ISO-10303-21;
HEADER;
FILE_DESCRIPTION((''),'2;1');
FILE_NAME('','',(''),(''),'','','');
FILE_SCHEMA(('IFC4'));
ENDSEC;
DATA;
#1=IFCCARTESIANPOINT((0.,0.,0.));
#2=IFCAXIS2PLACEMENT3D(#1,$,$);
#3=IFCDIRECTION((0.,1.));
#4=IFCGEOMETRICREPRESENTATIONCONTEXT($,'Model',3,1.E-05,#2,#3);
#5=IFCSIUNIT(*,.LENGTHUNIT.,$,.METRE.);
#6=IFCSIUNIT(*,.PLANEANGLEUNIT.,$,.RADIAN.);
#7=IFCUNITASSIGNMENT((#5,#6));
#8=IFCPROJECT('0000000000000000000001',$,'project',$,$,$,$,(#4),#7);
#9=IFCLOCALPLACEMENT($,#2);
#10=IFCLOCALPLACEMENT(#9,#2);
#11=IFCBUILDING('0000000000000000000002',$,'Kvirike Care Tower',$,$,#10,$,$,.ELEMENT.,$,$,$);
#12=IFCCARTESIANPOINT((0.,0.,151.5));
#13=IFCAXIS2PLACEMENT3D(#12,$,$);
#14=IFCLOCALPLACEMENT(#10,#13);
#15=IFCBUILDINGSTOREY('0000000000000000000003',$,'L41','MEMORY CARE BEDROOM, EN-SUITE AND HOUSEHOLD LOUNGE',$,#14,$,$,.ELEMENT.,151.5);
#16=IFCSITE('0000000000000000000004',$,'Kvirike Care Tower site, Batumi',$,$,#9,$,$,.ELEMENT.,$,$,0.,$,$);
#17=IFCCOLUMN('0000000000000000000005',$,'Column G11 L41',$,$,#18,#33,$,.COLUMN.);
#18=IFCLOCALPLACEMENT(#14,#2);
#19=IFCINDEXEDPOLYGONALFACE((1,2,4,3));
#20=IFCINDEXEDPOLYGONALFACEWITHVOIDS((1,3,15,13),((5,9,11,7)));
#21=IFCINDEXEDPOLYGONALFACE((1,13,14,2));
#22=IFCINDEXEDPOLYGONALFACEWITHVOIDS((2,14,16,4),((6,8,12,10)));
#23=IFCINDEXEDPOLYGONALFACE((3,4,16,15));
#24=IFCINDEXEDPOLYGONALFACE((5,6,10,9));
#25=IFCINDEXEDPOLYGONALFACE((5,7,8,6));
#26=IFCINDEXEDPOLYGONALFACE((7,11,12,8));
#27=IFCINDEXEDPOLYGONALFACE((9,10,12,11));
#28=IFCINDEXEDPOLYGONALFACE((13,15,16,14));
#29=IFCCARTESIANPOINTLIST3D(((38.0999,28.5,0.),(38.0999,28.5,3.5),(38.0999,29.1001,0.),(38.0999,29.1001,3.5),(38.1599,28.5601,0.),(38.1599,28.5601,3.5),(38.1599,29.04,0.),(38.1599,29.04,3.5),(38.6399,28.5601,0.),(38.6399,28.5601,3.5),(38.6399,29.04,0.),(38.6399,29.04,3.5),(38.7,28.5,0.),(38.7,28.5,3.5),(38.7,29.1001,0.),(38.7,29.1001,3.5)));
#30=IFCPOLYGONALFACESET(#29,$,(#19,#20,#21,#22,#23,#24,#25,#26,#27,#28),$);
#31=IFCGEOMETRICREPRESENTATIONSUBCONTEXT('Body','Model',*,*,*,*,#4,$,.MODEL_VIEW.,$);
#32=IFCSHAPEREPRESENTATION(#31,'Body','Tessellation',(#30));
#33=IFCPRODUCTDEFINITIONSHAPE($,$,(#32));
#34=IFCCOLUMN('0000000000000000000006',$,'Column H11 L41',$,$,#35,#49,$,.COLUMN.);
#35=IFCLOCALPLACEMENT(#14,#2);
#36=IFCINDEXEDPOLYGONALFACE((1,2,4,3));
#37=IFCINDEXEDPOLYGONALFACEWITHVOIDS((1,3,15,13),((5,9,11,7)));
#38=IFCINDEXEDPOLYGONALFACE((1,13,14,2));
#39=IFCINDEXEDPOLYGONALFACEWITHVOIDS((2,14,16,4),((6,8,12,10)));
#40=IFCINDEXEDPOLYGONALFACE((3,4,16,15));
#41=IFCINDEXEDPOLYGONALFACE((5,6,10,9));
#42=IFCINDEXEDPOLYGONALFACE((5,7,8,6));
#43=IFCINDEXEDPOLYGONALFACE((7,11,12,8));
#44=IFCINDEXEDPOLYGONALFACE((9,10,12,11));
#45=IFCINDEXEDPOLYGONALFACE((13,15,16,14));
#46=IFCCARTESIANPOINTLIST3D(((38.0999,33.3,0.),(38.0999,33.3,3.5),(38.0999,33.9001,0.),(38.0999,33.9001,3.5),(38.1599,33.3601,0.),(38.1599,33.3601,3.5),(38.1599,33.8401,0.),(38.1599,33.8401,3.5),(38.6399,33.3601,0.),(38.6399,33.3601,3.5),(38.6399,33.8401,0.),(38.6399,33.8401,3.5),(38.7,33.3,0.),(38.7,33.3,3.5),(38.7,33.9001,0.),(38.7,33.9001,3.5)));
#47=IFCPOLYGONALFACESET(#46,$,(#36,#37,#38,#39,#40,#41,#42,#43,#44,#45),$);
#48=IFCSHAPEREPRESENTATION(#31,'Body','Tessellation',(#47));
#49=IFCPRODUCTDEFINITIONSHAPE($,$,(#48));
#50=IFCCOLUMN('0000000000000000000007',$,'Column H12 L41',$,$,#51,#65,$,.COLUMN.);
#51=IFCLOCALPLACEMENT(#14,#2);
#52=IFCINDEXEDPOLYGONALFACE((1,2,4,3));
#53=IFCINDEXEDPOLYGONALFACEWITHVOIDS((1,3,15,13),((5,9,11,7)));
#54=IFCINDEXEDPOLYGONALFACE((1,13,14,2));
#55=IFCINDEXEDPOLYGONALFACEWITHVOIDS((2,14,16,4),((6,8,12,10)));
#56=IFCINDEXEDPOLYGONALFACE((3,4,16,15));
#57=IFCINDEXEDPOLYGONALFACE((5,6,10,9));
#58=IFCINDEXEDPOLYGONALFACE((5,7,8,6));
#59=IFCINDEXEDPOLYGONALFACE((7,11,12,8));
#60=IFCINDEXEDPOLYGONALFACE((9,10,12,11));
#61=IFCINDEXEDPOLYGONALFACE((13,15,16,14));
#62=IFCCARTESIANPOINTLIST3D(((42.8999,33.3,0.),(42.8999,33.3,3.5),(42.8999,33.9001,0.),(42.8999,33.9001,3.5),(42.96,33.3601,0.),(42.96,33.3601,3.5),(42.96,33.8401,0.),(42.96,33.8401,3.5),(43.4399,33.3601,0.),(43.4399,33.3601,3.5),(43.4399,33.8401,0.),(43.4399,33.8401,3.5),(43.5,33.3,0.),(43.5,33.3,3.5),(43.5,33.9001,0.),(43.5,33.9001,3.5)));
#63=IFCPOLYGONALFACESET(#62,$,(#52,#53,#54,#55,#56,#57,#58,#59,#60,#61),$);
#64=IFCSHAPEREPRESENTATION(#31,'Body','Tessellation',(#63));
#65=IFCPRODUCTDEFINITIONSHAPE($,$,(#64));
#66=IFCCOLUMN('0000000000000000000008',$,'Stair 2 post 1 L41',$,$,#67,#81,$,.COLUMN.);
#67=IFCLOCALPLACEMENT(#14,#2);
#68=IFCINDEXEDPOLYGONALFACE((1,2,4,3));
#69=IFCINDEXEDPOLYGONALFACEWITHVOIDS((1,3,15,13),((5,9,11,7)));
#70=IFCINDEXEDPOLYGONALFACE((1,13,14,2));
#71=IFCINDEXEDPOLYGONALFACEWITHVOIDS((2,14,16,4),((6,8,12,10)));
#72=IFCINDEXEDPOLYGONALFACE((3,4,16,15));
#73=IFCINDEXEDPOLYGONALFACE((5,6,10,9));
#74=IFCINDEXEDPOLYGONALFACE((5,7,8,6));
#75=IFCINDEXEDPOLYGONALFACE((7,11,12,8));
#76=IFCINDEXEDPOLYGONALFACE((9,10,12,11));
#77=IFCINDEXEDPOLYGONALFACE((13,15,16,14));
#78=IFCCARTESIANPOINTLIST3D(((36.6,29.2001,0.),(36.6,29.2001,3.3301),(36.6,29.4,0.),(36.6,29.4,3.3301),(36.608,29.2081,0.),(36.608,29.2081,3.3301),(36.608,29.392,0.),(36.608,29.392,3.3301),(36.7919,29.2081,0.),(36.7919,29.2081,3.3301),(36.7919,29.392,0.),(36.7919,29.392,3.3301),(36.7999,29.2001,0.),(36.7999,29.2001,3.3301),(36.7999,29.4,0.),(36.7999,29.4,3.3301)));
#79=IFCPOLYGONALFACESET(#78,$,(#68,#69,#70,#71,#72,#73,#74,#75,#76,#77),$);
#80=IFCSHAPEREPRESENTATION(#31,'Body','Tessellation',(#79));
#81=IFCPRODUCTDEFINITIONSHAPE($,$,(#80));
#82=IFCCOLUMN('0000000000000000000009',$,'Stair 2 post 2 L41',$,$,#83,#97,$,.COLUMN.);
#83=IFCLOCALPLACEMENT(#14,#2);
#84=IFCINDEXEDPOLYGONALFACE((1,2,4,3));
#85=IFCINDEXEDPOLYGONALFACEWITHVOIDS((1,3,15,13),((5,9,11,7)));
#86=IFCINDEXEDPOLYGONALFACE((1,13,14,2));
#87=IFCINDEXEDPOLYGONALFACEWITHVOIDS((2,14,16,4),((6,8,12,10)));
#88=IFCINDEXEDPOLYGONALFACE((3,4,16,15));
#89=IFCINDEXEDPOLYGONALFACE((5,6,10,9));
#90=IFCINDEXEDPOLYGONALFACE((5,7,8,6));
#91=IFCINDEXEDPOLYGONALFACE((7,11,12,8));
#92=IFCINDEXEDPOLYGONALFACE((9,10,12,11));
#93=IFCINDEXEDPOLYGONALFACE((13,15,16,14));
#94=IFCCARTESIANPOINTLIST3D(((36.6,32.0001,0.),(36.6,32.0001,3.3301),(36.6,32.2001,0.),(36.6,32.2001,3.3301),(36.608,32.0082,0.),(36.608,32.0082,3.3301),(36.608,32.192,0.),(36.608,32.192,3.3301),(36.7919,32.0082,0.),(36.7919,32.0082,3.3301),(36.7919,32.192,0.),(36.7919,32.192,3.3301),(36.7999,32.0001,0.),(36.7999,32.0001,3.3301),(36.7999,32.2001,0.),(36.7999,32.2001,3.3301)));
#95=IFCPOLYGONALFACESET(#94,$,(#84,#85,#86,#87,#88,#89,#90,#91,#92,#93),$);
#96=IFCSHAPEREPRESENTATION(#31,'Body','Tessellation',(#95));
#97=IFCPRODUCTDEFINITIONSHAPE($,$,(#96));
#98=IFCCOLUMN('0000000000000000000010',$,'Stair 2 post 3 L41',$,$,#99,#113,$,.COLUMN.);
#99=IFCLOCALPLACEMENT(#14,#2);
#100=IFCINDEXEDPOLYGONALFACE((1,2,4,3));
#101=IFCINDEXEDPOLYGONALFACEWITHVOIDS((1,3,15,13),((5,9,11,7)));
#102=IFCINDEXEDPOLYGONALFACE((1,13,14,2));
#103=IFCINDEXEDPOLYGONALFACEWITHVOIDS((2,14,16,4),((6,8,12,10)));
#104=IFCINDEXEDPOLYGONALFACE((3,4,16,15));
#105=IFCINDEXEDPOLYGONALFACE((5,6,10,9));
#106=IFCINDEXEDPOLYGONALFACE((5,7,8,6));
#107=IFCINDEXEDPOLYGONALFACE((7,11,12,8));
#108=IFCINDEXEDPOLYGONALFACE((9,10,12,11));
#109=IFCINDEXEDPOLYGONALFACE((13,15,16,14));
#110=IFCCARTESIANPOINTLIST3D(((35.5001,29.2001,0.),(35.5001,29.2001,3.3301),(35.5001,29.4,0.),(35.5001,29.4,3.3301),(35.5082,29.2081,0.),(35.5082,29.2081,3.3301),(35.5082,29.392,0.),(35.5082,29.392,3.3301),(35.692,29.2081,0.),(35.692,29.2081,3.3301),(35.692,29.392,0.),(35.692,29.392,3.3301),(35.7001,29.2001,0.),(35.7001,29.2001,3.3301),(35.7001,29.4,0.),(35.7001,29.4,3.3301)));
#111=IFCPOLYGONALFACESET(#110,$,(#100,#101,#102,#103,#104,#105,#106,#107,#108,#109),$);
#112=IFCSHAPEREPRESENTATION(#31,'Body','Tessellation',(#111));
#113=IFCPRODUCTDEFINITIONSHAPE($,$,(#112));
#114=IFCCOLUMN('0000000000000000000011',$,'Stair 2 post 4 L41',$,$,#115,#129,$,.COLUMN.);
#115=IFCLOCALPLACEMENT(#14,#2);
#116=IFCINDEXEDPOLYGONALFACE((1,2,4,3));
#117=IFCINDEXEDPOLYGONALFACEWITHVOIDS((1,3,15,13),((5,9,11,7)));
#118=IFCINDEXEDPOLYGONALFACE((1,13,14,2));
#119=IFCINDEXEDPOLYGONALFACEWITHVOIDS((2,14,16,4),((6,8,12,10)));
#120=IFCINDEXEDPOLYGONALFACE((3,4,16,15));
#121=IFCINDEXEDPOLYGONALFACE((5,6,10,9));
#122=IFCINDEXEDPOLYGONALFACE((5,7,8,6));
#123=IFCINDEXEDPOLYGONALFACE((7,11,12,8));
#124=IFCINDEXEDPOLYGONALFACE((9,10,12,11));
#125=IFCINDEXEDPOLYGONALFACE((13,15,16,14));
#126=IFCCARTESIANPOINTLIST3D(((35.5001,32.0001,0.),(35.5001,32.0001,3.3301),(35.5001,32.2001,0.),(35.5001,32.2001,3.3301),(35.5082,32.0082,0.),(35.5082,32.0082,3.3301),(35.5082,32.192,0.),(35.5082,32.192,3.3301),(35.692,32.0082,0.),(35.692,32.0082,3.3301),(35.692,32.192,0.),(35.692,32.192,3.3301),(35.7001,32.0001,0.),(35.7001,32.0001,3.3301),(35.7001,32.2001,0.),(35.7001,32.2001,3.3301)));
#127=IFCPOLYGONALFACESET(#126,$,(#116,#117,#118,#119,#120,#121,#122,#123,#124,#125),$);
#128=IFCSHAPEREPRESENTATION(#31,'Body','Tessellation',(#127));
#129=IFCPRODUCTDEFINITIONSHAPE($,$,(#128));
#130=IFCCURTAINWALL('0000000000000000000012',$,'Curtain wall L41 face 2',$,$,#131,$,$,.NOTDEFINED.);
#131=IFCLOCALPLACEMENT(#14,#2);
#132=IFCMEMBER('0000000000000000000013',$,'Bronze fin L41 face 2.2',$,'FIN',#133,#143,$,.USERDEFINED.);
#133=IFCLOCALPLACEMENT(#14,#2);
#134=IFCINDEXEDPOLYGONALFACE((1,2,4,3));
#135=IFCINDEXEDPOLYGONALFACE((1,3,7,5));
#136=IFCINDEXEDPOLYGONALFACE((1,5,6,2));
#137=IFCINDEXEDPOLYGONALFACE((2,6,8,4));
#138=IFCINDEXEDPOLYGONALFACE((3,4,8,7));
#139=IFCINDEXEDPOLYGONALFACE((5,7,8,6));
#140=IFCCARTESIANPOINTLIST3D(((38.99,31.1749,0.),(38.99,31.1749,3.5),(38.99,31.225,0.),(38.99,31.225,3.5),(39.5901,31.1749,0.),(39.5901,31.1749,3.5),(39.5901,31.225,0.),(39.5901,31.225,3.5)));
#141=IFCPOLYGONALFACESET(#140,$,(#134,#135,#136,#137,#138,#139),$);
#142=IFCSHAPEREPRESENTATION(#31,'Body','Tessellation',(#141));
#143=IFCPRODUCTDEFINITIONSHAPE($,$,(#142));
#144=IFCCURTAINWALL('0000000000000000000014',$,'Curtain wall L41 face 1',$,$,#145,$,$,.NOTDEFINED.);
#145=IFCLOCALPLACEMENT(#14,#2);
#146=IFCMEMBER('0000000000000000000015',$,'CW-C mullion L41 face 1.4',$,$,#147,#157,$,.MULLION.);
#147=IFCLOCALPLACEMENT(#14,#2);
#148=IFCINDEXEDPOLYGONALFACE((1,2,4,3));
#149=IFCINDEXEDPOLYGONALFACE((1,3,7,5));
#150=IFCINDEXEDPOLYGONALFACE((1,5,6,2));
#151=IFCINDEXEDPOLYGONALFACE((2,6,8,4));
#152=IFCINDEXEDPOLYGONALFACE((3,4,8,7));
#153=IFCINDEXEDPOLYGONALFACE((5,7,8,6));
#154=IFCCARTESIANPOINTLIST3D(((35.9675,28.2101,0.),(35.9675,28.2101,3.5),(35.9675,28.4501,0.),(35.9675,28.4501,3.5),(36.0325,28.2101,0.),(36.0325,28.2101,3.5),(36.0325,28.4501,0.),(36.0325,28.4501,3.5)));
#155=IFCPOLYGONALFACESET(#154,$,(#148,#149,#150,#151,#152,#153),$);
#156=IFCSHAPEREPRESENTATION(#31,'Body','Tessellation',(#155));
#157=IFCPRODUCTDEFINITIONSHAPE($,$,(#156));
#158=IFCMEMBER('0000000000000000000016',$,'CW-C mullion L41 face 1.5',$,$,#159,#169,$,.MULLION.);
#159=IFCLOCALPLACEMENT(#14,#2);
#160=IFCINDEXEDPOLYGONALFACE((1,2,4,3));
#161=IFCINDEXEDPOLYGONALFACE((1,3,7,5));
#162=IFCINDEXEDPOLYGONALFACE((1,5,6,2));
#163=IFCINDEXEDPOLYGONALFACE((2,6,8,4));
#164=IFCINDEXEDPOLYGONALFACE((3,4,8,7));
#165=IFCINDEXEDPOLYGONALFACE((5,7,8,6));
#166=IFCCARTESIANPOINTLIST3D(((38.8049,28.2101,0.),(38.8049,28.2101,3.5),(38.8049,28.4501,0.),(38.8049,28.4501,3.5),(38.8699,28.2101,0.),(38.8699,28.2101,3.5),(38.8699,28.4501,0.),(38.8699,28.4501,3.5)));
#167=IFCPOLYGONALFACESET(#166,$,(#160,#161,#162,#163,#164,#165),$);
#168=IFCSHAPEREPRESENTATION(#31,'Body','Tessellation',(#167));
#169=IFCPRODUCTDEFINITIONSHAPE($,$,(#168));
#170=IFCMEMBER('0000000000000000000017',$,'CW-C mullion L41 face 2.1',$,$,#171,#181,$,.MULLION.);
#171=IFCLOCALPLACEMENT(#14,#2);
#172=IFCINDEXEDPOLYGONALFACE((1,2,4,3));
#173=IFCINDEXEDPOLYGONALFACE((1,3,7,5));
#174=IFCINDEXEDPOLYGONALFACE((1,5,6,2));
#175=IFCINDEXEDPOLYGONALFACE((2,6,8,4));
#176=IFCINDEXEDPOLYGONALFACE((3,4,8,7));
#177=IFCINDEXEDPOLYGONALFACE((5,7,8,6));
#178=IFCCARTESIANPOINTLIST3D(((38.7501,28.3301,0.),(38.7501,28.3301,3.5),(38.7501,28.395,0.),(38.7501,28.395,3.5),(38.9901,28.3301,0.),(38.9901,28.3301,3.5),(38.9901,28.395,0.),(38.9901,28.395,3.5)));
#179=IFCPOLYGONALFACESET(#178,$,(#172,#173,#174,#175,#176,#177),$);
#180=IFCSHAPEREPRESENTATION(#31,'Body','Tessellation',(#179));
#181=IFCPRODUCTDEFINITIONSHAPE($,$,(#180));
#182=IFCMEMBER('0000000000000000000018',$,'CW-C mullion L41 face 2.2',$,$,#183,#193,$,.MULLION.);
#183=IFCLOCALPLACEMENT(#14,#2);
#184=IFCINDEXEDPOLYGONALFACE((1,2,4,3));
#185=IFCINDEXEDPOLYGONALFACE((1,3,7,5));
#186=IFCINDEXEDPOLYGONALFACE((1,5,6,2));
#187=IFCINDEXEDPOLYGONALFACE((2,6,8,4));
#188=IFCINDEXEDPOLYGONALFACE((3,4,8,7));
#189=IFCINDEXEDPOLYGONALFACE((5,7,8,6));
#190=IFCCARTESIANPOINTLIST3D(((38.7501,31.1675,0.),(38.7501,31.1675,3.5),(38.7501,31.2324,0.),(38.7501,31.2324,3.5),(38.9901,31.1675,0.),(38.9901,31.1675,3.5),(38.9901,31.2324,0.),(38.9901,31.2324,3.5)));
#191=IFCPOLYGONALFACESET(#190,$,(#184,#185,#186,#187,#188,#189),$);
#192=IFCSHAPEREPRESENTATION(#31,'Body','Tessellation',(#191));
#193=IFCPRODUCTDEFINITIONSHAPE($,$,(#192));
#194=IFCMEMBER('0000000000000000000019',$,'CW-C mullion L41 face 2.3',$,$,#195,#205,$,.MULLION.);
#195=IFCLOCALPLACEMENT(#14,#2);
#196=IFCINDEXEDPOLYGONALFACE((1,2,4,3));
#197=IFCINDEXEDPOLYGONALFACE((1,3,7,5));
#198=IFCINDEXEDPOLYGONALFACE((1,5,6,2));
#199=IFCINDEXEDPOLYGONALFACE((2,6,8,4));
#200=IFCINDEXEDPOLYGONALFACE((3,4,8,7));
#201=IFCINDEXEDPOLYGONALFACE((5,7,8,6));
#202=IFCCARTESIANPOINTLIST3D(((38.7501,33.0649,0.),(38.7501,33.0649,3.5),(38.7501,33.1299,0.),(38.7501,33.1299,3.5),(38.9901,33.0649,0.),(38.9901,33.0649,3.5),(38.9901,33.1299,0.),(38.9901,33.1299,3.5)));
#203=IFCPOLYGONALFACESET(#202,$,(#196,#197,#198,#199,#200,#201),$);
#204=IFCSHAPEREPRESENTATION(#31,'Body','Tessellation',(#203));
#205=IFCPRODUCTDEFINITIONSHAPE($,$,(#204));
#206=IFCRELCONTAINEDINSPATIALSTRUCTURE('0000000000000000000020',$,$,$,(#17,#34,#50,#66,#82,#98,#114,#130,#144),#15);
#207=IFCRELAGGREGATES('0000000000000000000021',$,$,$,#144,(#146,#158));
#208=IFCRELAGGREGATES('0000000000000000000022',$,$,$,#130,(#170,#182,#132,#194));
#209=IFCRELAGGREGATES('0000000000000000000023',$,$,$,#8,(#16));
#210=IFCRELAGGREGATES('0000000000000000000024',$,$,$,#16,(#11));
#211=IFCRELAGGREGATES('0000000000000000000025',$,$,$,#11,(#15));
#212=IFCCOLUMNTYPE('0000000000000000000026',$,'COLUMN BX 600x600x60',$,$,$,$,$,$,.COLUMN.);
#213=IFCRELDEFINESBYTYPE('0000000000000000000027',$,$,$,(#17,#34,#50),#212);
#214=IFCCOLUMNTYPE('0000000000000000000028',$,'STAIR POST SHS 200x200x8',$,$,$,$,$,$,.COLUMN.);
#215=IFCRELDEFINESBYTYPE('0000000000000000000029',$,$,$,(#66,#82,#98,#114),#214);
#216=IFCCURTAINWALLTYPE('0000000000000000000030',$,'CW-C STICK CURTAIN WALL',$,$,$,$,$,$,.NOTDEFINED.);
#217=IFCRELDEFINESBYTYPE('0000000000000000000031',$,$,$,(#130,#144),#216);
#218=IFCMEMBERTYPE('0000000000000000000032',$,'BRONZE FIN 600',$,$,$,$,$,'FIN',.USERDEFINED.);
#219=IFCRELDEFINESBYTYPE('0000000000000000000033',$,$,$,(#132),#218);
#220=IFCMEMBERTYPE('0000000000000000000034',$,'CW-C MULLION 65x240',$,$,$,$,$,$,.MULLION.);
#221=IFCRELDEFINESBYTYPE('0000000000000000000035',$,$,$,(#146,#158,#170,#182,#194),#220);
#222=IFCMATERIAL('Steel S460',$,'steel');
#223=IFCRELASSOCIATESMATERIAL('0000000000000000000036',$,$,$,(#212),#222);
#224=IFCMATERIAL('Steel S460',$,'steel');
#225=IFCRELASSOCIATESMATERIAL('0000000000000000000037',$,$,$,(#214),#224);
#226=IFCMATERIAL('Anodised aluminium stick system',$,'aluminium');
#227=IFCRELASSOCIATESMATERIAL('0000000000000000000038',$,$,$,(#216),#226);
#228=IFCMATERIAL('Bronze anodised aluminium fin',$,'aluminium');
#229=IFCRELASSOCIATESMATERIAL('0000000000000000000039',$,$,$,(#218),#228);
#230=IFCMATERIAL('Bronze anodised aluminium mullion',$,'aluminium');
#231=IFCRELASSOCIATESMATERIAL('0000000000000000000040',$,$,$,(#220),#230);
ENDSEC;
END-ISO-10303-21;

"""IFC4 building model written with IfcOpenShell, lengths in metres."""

from ifc_helpers import new_model, si_unit, direction, frame, origin, origin_2d, place, context, subcontext, project, spatial, rectangle, hollow_rectangle, extrude, material, material_profile, profile_set, type_object, element, aggregate, save


model = new_model("IFC4")

# Units and contexts
model_context = context("Model", 3, precision=1e-05, world=origin(), true_north=direction((0.0, 1.0)))
body_context = subcontext(model_context, "Body", "Model", "MODEL_VIEW")
ifc_project = project(units=[si_unit("LENGTHUNIT", "METRE"), si_unit("PLANEANGLEUNIT", "RADIAN")], contexts=[model_context])

# Site, building, storey
site_placement = place(None, origin())
site = spatial("IfcSite", under=ifc_project, at=site_placement, Name="Kvirike Care Tower site, Batumi", CompositionType="ELEMENT", RefElevation=0.0)
building_placement = place(site_placement, origin())
building = spatial("IfcBuilding", under=site, at=building_placement, Name="Kvirike Care Tower", CompositionType="ELEMENT")
storey_placement = place(building_placement, frame((0.0, 0.0, 151.5)))
storey = spatial("IfcBuildingStorey", under=building, at=storey_placement, Name="L41", Description="MEMORY CARE BEDROOM, EN-SUITE AND HOUSEHOLD LOUNGE", CompositionType="ELEMENT", Elevation=151.5)

# Columns
ifc_material_1 = material(Name="Steel S460", Category="steel")
ifc_material_profile_1 = material_profile(ifc_material_1, hollow_rectangle(XDim=0.6001, YDim=0.6001, WallThickness=0.0601, at=origin_2d()), Name="BX 600x600x60")
ifc_profile_set_1 = profile_set([ifc_material_profile_1], Name="Steel S460")
column_type_1 = type_object("IfcColumnType", Name="COLUMN BX 600x600x60", PredefinedType="COLUMN", material=ifc_profile_set_1)
for number, where, z_axis, x_axis, name in (
    (1, (38.3999, 28.8, 0.0), (0.0, 0.0, 1.0), (0.0, 1.0, 0.0), "Column G11 L41"),
    (2, (38.3999, 33.6001, 0.0), (0.0, 0.0, 1.0), (0.0, 1.0, 0.0), "Column H11 L41"),
    (3, (43.2, 33.6001, 0.0), (0.0, 0.0, 1.0), (0.0, 1.0, 0.0), "Column H12 L41"),
):
    element("IfcColumn", number, at=place(storey_placement, frame(where, z_axis=z_axis, x_axis=x_axis)), inside=storey, type_object=column_type_1, Name=name, PredefinedType="COLUMN", context=body_context, shape_type="SweptSolid", body=[
        extrude(hollow_rectangle(XDim=0.6001, YDim=0.6001, WallThickness=0.0601, at=origin_2d()), origin(), (0.0, 0.0, 1.0), 3.5),
    ])
ifc_material_2 = material(Name="Steel S460", Category="steel")
ifc_material_profile_2 = material_profile(ifc_material_2, hollow_rectangle(XDim=0.2, YDim=0.2, WallThickness=0.0081, at=origin_2d()), Name="SHS 200x200x8")
ifc_profile_set_2 = profile_set([ifc_material_profile_2], Name="Steel S460")
column_type_2 = type_object("IfcColumnType", Name="STAIR POST SHS 200x200x8", PredefinedType="COLUMN", material=ifc_profile_set_2)
for number, where, z_axis, x_axis, name in (
    (4, (36.7, 29.3, 0.0), (0.0, 0.0, 1.0), (1.0, 0.0, 0.0), "Stair 2 post 1 L41"),
    (5, (36.7, 32.1001, 0.0), (0.0, 0.0, 1.0), (1.0, 0.0, 0.0), "Stair 2 post 2 L41"),
    (6, (35.6001, 29.3, 0.0), (0.0, 0.0, 1.0), (1.0, 0.0, 0.0), "Stair 2 post 3 L41"),
    (7, (35.6001, 32.1001, 0.0), (0.0, 0.0, 1.0), (1.0, 0.0, 0.0), "Stair 2 post 4 L41"),
):
    element("IfcColumn", number, at=place(storey_placement, frame(where, z_axis=z_axis, x_axis=x_axis)), inside=storey, type_object=column_type_2, Name=name, PredefinedType="COLUMN", context=body_context, shape_type="SweptSolid", body=[
        extrude(hollow_rectangle(XDim=0.2, YDim=0.2, WallThickness=0.0081, at=origin_2d()), origin(), (0.0, 0.0, 1.0), 3.3301),
    ])

# Curtain wall, member
ifc_material_3 = material(Name="Anodised aluminium stick system", Category="aluminium")
curtain_wall_type = type_object("IfcCurtainWallType", Name="CW-C STICK CURTAIN WALL", PredefinedType="NOTDEFINED", material=ifc_material_3)
curtain_wall_1_placement = place(storey_placement, origin())
curtain_wall_1 = element("IfcCurtainWall", 8, at=curtain_wall_1_placement, inside=storey, type_object=curtain_wall_type, Name="Curtain wall L41 face 2", PredefinedType="NOTDEFINED")
ifc_material_4 = material(Name="Bronze anodised aluminium fin", Category="aluminium")
ifc_material_profile_3 = material_profile(ifc_material_4, rectangle(XDim=0.05, YDim=0.6001, at=origin_2d()), Name="BRONZE FIN 600")
ifc_profile_set_3 = profile_set([ifc_material_profile_3], Name="Bronze anodised aluminium fin")
member_type_1 = type_object("IfcMemberType", Name="BRONZE FIN 600", ElementType="FIN", PredefinedType="USERDEFINED", material=ifc_profile_set_3)
member_1_placement = place(storey_placement, frame((39.29, 31.2, 0.0), z_axis=(0.0, 0.0, 1.0), x_axis=(0.0, 1.0, 0.0)))
member_1 = element("IfcMember", 9, at=member_1_placement, type_object=member_type_1, Name="Bronze fin L41 face 2.2", ObjectType="FIN", PredefinedType="USERDEFINED", context=body_context, shape_type="SweptSolid", body=[
    extrude(rectangle(XDim=0.05, YDim=0.6001, at=origin_2d()), origin(), (0.0, 0.0, 1.0), 3.5),
])

# Curtain wall, members
curtain_wall_2_placement = place(storey_placement, origin())
curtain_wall_2 = element("IfcCurtainWall", 10, at=curtain_wall_2_placement, inside=storey, type_object=curtain_wall_type, Name="Curtain wall L41 face 1", PredefinedType="NOTDEFINED")
ifc_material_5 = material(Name="Bronze anodised aluminium mullion", Category="aluminium")
ifc_material_profile_4 = material_profile(ifc_material_5, rectangle(XDim=0.0649, YDim=0.24, at=origin_2d()), Name="CW-C MULLION 65x240")
ifc_profile_set_4 = profile_set([ifc_material_profile_4], Name="Bronze anodised aluminium mullion")
member_type_2 = type_object("IfcMemberType", Name="CW-C MULLION 65x240", PredefinedType="MULLION", material=ifc_profile_set_4)
member_2_placement = place(storey_placement, frame((36.0, 28.3301, 0.0), z_axis=(0.0, 0.0, 1.0), x_axis=(1.0, 0.0, 0.0)))
member_2 = element("IfcMember", 11, at=member_2_placement, type_object=member_type_2, Name="CW-C mullion L41 face 1.4", PredefinedType="MULLION", context=body_context, shape_type="SweptSolid", body=[
    extrude(rectangle(XDim=0.0649, YDim=0.24, at=origin_2d()), origin(), (0.0, 0.0, 1.0), 3.5),
])
member_3_placement = place(storey_placement, frame((38.8374, 28.3301, 0.0), z_axis=(0.0, 0.0, 1.0), x_axis=(1.0, 0.0, 0.0)))
member_3 = element("IfcMember", 12, at=member_3_placement, type_object=member_type_2, Name="CW-C mullion L41 face 1.5", PredefinedType="MULLION", context=body_context, shape_type="SweptSolid", body=[
    extrude(rectangle(XDim=0.0649, YDim=0.24, at=origin_2d()), origin(), (0.0, 0.0, 1.0), 3.5),
])

# Members
member_4_placement = place(storey_placement, frame((38.8701, 28.3625, 0.0), z_axis=(0.0, 0.0, 1.0), x_axis=(0.0, 1.0, 0.0)))
member_4 = element("IfcMember", 13, at=member_4_placement, type_object=member_type_2, Name="CW-C mullion L41 face 2.1", PredefinedType="MULLION", context=body_context, shape_type="SweptSolid", body=[
    extrude(rectangle(XDim=0.0649, YDim=0.24, at=origin_2d()), origin(), (0.0, 0.0, 1.0), 3.5),
])
member_5_placement = place(storey_placement, frame((38.8701, 31.2, 0.0), z_axis=(0.0, 0.0, 1.0), x_axis=(0.0, 1.0, 0.0)))
member_5 = element("IfcMember", 14, at=member_5_placement, type_object=member_type_2, Name="CW-C mullion L41 face 2.2", PredefinedType="MULLION", context=body_context, shape_type="SweptSolid", body=[
    extrude(rectangle(XDim=0.0649, YDim=0.24, at=origin_2d()), origin(), (0.0, 0.0, 1.0), 3.5),
])
member_6_placement = place(storey_placement, frame((38.8701, 33.0974, 0.0), z_axis=(0.0, 0.0, 1.0), x_axis=(0.0, 1.0, 0.0)))
member_6 = element("IfcMember", 15, at=member_6_placement, type_object=member_type_2, Name="CW-C mullion L41 face 2.3", PredefinedType="MULLION", context=body_context, shape_type="SweptSolid", body=[
    extrude(rectangle(XDim=0.0649, YDim=0.24, at=origin_2d()), origin(), (0.0, 0.0, 1.0), 3.5),
])

aggregate(curtain_wall_2, [member_2, member_3])
aggregate(curtain_wall_1, [member_4, member_5, member_1, member_6])

save(model, "model.ifc")
